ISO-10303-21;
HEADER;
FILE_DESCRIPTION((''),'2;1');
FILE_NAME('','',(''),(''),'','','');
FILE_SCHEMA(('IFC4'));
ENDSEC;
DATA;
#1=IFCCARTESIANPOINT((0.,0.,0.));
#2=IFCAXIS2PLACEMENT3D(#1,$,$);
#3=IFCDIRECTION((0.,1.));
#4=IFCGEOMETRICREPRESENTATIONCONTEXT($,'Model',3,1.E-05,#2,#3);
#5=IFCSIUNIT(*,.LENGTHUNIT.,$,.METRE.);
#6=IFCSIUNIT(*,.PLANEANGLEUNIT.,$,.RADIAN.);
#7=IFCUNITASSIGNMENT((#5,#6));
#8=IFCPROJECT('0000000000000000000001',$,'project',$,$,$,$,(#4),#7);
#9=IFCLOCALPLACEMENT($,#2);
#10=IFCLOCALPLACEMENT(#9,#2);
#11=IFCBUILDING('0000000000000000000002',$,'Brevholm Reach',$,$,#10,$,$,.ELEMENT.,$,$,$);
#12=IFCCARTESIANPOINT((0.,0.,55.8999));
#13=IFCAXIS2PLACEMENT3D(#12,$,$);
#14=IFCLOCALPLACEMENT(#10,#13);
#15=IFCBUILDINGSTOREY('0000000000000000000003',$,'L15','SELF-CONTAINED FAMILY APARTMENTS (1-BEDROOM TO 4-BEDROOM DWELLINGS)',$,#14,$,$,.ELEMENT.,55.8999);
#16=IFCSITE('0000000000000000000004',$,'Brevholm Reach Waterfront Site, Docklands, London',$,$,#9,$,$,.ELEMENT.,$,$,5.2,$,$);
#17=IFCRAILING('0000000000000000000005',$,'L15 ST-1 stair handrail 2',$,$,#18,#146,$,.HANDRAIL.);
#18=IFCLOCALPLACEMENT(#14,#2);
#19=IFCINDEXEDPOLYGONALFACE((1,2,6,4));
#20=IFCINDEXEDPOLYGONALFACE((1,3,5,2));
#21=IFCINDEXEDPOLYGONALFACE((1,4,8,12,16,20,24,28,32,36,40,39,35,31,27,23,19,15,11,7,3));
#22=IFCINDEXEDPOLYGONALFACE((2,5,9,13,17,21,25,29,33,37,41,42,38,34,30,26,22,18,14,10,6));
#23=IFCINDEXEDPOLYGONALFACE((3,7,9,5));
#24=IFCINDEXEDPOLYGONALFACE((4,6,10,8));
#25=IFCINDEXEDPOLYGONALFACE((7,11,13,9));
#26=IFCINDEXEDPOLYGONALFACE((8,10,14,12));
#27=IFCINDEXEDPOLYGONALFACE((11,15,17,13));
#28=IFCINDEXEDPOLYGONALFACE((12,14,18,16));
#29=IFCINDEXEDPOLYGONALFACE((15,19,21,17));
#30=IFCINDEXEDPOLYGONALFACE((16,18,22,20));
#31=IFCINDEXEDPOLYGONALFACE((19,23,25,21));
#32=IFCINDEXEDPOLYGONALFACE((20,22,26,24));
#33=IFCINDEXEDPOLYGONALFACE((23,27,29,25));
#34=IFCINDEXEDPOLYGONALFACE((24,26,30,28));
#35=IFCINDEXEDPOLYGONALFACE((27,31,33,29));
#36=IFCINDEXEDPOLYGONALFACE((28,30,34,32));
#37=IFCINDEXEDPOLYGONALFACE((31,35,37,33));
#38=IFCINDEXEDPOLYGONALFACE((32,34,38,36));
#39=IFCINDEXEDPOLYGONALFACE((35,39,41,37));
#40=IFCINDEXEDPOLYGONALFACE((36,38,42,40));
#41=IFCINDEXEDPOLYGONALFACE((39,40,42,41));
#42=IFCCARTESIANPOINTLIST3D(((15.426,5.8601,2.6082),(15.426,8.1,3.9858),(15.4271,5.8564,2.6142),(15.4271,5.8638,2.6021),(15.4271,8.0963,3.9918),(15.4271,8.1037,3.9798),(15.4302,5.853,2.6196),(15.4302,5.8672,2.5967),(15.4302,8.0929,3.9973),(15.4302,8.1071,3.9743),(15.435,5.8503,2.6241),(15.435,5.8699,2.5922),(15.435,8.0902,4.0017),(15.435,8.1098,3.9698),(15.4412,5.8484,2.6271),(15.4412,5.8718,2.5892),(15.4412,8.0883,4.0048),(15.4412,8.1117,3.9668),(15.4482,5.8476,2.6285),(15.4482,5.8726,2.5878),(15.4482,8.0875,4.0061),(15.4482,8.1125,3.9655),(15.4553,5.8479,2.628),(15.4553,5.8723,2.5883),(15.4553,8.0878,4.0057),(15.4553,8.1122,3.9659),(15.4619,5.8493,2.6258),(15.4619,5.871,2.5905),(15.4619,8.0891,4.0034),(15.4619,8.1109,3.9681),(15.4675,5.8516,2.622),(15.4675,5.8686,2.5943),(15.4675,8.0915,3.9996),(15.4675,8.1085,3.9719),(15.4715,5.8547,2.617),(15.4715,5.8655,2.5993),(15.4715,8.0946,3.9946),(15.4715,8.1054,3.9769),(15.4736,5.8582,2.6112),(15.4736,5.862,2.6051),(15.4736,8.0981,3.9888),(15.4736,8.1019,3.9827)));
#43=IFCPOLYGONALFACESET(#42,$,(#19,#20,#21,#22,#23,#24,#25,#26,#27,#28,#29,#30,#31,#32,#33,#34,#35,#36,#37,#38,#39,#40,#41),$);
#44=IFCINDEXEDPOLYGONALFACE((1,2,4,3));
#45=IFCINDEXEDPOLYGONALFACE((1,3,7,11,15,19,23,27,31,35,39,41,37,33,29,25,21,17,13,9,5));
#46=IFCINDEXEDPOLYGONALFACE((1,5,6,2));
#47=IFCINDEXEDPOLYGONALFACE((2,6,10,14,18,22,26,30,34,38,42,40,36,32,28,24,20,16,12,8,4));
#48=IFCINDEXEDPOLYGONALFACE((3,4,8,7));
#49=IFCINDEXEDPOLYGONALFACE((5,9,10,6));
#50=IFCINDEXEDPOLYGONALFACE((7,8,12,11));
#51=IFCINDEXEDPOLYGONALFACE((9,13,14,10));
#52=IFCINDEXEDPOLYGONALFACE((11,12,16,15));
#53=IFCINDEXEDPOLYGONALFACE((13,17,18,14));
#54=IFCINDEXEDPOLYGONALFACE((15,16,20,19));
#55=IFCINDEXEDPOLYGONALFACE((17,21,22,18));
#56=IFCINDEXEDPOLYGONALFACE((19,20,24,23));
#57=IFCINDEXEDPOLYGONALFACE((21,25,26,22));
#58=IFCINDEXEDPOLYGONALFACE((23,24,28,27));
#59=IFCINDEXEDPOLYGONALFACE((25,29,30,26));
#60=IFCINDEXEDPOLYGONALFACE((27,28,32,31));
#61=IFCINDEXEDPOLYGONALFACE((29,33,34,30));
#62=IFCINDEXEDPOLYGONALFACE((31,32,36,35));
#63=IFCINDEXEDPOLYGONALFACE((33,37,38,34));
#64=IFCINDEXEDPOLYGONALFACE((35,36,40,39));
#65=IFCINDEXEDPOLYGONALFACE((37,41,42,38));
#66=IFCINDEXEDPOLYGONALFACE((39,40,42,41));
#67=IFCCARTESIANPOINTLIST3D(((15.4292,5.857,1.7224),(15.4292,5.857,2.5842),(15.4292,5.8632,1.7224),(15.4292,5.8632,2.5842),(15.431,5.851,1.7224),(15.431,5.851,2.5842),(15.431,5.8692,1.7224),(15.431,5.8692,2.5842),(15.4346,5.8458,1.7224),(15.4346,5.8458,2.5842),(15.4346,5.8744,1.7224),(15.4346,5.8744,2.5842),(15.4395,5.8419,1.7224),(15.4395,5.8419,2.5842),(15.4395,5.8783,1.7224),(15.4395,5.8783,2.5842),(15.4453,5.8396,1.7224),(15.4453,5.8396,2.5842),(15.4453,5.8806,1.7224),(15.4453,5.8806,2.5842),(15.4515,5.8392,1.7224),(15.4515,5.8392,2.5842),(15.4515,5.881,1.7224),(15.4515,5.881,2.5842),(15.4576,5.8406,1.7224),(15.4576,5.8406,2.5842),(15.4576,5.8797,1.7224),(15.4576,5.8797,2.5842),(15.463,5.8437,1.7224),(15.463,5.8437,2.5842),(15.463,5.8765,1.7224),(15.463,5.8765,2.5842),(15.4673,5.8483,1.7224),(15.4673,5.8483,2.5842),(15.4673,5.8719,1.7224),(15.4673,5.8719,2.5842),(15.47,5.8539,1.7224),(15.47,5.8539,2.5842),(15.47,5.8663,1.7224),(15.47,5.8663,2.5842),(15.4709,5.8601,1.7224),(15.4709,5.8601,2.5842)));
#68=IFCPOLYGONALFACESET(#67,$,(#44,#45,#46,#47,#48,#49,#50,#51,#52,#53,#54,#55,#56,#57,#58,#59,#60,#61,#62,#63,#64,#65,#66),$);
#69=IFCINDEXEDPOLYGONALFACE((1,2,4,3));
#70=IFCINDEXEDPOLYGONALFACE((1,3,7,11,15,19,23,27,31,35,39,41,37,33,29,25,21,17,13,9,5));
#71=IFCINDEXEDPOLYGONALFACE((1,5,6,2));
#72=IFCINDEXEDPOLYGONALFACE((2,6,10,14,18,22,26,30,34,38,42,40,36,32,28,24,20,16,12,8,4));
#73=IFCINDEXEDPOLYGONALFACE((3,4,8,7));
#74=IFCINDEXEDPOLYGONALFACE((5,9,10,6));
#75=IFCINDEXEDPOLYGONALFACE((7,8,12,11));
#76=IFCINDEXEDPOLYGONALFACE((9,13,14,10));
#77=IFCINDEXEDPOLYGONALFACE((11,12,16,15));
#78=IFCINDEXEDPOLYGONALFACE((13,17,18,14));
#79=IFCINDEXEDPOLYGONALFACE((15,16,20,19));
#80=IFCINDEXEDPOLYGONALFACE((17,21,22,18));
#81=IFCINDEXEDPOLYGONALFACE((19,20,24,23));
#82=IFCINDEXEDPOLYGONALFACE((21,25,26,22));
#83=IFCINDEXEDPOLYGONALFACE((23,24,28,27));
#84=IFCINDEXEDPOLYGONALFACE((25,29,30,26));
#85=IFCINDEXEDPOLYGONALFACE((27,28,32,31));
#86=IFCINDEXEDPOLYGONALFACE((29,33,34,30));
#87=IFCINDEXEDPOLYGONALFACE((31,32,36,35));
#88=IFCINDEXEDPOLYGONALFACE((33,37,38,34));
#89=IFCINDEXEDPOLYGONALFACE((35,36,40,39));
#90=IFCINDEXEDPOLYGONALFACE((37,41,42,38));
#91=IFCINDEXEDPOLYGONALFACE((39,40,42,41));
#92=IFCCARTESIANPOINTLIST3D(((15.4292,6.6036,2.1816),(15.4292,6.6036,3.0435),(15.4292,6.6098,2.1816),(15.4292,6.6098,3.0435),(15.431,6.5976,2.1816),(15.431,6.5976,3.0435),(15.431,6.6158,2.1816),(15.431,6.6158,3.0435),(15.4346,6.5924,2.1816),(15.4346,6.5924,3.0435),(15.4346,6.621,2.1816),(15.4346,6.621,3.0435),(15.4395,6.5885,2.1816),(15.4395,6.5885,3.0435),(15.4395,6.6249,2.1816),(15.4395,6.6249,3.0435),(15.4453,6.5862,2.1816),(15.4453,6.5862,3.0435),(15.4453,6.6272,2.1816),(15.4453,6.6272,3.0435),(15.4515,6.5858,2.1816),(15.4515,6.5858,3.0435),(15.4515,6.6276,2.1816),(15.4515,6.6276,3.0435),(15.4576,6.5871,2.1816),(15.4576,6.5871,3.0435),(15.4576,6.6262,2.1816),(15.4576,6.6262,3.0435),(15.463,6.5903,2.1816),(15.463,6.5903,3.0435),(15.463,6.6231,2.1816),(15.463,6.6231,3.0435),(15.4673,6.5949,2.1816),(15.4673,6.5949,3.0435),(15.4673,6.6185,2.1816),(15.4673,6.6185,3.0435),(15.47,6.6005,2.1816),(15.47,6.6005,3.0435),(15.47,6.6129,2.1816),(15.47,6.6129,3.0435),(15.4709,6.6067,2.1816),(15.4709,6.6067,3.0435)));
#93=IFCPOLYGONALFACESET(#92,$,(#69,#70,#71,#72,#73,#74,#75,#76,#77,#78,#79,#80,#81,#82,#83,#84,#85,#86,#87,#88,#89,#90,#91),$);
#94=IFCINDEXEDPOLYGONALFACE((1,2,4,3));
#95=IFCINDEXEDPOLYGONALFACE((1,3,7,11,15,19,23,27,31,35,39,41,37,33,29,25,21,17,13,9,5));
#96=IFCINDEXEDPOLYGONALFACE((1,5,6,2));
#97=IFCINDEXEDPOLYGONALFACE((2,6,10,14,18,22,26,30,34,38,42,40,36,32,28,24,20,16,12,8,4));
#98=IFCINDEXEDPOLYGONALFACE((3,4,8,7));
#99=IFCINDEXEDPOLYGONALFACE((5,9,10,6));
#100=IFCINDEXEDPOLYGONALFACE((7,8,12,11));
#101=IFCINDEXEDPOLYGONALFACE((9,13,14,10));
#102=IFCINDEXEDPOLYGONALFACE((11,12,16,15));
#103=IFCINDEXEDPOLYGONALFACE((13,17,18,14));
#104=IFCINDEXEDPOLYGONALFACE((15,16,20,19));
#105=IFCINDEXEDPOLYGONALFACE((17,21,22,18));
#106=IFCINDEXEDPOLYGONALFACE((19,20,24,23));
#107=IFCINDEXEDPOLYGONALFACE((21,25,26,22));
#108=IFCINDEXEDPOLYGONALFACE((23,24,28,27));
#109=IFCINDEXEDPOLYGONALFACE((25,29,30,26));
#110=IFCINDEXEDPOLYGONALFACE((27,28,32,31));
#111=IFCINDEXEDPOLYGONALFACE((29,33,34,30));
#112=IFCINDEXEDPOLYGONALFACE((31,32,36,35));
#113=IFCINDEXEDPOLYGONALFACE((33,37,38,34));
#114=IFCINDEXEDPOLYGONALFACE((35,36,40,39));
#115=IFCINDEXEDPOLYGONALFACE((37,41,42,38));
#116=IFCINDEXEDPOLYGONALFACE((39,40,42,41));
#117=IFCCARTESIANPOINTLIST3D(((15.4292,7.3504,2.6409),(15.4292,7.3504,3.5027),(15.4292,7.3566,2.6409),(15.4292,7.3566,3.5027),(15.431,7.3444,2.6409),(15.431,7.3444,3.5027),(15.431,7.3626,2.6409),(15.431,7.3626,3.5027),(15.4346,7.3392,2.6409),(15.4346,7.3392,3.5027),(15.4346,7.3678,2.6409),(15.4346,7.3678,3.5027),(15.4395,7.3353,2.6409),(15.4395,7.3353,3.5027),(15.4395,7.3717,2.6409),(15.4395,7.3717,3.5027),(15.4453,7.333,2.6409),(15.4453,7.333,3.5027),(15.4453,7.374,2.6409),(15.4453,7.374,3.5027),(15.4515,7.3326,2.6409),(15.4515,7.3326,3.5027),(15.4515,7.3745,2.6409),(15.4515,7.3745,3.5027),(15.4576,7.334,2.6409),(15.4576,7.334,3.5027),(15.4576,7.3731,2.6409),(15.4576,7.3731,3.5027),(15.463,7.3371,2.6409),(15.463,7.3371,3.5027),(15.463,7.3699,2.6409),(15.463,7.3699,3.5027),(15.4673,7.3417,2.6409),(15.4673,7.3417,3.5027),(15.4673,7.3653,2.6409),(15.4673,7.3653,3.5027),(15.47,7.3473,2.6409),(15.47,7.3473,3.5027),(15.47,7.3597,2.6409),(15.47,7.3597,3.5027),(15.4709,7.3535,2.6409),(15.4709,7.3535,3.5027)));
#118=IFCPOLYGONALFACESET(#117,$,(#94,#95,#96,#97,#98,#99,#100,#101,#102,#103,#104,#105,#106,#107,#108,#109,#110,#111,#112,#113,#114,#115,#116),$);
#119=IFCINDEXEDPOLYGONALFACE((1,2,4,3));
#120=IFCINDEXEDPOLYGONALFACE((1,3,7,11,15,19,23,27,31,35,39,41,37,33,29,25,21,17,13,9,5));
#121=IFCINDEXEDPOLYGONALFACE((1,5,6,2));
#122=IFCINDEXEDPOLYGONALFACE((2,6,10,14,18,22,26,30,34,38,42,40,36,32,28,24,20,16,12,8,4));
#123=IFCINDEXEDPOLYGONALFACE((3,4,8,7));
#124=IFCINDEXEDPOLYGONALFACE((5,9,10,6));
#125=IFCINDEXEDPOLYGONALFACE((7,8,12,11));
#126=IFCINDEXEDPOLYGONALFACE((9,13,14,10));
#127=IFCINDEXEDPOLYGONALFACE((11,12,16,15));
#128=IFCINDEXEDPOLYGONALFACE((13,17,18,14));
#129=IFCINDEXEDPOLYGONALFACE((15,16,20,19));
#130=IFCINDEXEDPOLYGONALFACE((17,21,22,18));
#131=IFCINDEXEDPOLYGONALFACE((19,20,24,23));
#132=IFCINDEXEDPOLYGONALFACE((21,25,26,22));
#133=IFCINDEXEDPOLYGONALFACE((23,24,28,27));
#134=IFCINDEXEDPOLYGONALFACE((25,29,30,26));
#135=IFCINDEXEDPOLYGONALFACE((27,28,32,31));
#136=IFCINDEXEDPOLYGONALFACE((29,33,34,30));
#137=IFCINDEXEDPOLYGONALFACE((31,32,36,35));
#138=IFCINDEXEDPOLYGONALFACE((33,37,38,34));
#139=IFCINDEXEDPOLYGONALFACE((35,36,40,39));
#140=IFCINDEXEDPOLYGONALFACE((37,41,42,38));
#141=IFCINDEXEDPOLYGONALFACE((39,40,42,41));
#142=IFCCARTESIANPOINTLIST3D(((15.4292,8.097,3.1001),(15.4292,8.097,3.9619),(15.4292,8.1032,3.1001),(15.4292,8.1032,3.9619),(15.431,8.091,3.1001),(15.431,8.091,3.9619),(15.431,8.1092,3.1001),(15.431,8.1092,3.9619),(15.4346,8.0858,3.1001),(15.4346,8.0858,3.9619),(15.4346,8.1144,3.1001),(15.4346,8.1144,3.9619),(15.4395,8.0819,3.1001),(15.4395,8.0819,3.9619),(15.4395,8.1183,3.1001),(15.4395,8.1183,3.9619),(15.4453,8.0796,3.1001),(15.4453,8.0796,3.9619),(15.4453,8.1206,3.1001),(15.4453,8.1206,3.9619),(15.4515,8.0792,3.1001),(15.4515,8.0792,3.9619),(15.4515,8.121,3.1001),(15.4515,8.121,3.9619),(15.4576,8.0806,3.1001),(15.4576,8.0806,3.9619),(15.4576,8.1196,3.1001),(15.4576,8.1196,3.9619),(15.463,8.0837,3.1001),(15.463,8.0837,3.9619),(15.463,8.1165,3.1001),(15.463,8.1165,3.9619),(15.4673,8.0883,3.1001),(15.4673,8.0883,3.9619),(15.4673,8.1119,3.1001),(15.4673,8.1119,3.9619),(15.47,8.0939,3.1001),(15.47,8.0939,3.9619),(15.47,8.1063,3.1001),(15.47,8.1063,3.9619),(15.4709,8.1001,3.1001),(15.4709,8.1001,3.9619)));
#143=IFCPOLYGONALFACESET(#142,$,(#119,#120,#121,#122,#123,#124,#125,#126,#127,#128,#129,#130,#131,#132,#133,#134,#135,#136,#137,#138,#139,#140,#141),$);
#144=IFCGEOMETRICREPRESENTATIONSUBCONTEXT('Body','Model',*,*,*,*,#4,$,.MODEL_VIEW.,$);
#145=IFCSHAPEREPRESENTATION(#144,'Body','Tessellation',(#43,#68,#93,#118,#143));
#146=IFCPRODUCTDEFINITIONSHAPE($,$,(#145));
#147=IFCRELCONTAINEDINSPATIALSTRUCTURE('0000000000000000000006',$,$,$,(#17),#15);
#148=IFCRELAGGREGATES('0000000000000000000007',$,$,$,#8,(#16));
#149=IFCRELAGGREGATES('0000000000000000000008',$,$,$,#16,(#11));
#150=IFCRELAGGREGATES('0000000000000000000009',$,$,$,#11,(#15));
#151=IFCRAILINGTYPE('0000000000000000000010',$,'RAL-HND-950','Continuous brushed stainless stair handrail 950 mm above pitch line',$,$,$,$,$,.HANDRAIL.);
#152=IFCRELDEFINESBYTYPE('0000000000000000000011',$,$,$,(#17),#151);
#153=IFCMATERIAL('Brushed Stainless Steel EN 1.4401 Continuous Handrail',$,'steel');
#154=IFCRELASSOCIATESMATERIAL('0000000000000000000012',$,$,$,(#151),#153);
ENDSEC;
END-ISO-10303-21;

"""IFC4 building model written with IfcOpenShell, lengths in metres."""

from ifc_helpers import new_model, si_unit, direction, frame, origin, origin_2d, place, context, subcontext, project, spatial, circle, extrude, material, type_object, element, save


model = new_model("IFC4")

# Units and contexts
model_context = context("Model", 3, precision=1e-05, world=origin(), true_north=direction((0.0, 1.0)))
body_context = subcontext(model_context, "Body", "Model", "MODEL_VIEW")
ifc_project = project(units=[si_unit("LENGTHUNIT", "METRE"), si_unit("PLANEANGLEUNIT", "RADIAN")], contexts=[model_context])

# Site, building, storey
site_placement = place(None, origin())
site = spatial("IfcSite", under=ifc_project, at=site_placement, Name="Brevholm Reach Waterfront Site, Docklands, London", CompositionType="ELEMENT", RefElevation=5.2)
building_placement = place(site_placement, origin())
building = spatial("IfcBuilding", under=site, at=building_placement, Name="Brevholm Reach", CompositionType="ELEMENT")
storey_placement = place(building_placement, frame((0.0, 0.0, 55.8999)))
storey = spatial("IfcBuildingStorey", under=building, at=storey_placement, Name="L15", Description="SELF-CONTAINED FAMILY APARTMENTS (1-BEDROOM TO 4-BEDROOM DWELLINGS)", CompositionType="ELEMENT", Elevation=55.8999)

# Railing
ifc_material_1 = material(Name="Brushed Stainless Steel EN 1.4401 Continuous Handrail", Category="steel")
railing_type_1 = type_object("IfcRailingType", Name="RAL-HND-950", Description="Continuous brushed stainless stair handrail 950 mm above pitch line", PredefinedType="HANDRAIL", material=ifc_material_1)
railing_1_placement = place(storey_placement, frame((15.45, 5.8601, 1.7224)))
element("IfcRailing", 1, at=railing_1_placement, inside=storey, type_object=railing_type_1, Name="L15 ST-1 stair handrail 2", PredefinedType="HANDRAIL", context=body_context, shape_type="SweptSolid", body=[
    extrude(circle(Radius=0.0239, at=origin_2d()), frame((0.0, 0.0, 0.8857), z_axis=(0.0, 0.851789, 0.523885), x_axis=(-1.0, 0.0, 0.0)), (0.0, 0.0, 1.0), 2.6296),
    extrude(circle(Radius=0.021, at=origin_2d()), origin(), (0.0, 0.0, 1.0), 0.8618),
    extrude(circle(Radius=0.021, at=origin_2d()), frame((0.0, 0.7466, 0.4592)), (0.0, 0.0, 1.0), 0.8618),
    extrude(circle(Radius=0.021, at=origin_2d()), frame((0.0, 1.4934, 0.9185)), (0.0, 0.0, 1.0), 0.8618),
    extrude(circle(Radius=0.021, at=origin_2d()), frame((0.0, 2.24, 1.3777)), (0.0, 0.0, 1.0), 0.8618),
])

save(model, "model.ifc")
